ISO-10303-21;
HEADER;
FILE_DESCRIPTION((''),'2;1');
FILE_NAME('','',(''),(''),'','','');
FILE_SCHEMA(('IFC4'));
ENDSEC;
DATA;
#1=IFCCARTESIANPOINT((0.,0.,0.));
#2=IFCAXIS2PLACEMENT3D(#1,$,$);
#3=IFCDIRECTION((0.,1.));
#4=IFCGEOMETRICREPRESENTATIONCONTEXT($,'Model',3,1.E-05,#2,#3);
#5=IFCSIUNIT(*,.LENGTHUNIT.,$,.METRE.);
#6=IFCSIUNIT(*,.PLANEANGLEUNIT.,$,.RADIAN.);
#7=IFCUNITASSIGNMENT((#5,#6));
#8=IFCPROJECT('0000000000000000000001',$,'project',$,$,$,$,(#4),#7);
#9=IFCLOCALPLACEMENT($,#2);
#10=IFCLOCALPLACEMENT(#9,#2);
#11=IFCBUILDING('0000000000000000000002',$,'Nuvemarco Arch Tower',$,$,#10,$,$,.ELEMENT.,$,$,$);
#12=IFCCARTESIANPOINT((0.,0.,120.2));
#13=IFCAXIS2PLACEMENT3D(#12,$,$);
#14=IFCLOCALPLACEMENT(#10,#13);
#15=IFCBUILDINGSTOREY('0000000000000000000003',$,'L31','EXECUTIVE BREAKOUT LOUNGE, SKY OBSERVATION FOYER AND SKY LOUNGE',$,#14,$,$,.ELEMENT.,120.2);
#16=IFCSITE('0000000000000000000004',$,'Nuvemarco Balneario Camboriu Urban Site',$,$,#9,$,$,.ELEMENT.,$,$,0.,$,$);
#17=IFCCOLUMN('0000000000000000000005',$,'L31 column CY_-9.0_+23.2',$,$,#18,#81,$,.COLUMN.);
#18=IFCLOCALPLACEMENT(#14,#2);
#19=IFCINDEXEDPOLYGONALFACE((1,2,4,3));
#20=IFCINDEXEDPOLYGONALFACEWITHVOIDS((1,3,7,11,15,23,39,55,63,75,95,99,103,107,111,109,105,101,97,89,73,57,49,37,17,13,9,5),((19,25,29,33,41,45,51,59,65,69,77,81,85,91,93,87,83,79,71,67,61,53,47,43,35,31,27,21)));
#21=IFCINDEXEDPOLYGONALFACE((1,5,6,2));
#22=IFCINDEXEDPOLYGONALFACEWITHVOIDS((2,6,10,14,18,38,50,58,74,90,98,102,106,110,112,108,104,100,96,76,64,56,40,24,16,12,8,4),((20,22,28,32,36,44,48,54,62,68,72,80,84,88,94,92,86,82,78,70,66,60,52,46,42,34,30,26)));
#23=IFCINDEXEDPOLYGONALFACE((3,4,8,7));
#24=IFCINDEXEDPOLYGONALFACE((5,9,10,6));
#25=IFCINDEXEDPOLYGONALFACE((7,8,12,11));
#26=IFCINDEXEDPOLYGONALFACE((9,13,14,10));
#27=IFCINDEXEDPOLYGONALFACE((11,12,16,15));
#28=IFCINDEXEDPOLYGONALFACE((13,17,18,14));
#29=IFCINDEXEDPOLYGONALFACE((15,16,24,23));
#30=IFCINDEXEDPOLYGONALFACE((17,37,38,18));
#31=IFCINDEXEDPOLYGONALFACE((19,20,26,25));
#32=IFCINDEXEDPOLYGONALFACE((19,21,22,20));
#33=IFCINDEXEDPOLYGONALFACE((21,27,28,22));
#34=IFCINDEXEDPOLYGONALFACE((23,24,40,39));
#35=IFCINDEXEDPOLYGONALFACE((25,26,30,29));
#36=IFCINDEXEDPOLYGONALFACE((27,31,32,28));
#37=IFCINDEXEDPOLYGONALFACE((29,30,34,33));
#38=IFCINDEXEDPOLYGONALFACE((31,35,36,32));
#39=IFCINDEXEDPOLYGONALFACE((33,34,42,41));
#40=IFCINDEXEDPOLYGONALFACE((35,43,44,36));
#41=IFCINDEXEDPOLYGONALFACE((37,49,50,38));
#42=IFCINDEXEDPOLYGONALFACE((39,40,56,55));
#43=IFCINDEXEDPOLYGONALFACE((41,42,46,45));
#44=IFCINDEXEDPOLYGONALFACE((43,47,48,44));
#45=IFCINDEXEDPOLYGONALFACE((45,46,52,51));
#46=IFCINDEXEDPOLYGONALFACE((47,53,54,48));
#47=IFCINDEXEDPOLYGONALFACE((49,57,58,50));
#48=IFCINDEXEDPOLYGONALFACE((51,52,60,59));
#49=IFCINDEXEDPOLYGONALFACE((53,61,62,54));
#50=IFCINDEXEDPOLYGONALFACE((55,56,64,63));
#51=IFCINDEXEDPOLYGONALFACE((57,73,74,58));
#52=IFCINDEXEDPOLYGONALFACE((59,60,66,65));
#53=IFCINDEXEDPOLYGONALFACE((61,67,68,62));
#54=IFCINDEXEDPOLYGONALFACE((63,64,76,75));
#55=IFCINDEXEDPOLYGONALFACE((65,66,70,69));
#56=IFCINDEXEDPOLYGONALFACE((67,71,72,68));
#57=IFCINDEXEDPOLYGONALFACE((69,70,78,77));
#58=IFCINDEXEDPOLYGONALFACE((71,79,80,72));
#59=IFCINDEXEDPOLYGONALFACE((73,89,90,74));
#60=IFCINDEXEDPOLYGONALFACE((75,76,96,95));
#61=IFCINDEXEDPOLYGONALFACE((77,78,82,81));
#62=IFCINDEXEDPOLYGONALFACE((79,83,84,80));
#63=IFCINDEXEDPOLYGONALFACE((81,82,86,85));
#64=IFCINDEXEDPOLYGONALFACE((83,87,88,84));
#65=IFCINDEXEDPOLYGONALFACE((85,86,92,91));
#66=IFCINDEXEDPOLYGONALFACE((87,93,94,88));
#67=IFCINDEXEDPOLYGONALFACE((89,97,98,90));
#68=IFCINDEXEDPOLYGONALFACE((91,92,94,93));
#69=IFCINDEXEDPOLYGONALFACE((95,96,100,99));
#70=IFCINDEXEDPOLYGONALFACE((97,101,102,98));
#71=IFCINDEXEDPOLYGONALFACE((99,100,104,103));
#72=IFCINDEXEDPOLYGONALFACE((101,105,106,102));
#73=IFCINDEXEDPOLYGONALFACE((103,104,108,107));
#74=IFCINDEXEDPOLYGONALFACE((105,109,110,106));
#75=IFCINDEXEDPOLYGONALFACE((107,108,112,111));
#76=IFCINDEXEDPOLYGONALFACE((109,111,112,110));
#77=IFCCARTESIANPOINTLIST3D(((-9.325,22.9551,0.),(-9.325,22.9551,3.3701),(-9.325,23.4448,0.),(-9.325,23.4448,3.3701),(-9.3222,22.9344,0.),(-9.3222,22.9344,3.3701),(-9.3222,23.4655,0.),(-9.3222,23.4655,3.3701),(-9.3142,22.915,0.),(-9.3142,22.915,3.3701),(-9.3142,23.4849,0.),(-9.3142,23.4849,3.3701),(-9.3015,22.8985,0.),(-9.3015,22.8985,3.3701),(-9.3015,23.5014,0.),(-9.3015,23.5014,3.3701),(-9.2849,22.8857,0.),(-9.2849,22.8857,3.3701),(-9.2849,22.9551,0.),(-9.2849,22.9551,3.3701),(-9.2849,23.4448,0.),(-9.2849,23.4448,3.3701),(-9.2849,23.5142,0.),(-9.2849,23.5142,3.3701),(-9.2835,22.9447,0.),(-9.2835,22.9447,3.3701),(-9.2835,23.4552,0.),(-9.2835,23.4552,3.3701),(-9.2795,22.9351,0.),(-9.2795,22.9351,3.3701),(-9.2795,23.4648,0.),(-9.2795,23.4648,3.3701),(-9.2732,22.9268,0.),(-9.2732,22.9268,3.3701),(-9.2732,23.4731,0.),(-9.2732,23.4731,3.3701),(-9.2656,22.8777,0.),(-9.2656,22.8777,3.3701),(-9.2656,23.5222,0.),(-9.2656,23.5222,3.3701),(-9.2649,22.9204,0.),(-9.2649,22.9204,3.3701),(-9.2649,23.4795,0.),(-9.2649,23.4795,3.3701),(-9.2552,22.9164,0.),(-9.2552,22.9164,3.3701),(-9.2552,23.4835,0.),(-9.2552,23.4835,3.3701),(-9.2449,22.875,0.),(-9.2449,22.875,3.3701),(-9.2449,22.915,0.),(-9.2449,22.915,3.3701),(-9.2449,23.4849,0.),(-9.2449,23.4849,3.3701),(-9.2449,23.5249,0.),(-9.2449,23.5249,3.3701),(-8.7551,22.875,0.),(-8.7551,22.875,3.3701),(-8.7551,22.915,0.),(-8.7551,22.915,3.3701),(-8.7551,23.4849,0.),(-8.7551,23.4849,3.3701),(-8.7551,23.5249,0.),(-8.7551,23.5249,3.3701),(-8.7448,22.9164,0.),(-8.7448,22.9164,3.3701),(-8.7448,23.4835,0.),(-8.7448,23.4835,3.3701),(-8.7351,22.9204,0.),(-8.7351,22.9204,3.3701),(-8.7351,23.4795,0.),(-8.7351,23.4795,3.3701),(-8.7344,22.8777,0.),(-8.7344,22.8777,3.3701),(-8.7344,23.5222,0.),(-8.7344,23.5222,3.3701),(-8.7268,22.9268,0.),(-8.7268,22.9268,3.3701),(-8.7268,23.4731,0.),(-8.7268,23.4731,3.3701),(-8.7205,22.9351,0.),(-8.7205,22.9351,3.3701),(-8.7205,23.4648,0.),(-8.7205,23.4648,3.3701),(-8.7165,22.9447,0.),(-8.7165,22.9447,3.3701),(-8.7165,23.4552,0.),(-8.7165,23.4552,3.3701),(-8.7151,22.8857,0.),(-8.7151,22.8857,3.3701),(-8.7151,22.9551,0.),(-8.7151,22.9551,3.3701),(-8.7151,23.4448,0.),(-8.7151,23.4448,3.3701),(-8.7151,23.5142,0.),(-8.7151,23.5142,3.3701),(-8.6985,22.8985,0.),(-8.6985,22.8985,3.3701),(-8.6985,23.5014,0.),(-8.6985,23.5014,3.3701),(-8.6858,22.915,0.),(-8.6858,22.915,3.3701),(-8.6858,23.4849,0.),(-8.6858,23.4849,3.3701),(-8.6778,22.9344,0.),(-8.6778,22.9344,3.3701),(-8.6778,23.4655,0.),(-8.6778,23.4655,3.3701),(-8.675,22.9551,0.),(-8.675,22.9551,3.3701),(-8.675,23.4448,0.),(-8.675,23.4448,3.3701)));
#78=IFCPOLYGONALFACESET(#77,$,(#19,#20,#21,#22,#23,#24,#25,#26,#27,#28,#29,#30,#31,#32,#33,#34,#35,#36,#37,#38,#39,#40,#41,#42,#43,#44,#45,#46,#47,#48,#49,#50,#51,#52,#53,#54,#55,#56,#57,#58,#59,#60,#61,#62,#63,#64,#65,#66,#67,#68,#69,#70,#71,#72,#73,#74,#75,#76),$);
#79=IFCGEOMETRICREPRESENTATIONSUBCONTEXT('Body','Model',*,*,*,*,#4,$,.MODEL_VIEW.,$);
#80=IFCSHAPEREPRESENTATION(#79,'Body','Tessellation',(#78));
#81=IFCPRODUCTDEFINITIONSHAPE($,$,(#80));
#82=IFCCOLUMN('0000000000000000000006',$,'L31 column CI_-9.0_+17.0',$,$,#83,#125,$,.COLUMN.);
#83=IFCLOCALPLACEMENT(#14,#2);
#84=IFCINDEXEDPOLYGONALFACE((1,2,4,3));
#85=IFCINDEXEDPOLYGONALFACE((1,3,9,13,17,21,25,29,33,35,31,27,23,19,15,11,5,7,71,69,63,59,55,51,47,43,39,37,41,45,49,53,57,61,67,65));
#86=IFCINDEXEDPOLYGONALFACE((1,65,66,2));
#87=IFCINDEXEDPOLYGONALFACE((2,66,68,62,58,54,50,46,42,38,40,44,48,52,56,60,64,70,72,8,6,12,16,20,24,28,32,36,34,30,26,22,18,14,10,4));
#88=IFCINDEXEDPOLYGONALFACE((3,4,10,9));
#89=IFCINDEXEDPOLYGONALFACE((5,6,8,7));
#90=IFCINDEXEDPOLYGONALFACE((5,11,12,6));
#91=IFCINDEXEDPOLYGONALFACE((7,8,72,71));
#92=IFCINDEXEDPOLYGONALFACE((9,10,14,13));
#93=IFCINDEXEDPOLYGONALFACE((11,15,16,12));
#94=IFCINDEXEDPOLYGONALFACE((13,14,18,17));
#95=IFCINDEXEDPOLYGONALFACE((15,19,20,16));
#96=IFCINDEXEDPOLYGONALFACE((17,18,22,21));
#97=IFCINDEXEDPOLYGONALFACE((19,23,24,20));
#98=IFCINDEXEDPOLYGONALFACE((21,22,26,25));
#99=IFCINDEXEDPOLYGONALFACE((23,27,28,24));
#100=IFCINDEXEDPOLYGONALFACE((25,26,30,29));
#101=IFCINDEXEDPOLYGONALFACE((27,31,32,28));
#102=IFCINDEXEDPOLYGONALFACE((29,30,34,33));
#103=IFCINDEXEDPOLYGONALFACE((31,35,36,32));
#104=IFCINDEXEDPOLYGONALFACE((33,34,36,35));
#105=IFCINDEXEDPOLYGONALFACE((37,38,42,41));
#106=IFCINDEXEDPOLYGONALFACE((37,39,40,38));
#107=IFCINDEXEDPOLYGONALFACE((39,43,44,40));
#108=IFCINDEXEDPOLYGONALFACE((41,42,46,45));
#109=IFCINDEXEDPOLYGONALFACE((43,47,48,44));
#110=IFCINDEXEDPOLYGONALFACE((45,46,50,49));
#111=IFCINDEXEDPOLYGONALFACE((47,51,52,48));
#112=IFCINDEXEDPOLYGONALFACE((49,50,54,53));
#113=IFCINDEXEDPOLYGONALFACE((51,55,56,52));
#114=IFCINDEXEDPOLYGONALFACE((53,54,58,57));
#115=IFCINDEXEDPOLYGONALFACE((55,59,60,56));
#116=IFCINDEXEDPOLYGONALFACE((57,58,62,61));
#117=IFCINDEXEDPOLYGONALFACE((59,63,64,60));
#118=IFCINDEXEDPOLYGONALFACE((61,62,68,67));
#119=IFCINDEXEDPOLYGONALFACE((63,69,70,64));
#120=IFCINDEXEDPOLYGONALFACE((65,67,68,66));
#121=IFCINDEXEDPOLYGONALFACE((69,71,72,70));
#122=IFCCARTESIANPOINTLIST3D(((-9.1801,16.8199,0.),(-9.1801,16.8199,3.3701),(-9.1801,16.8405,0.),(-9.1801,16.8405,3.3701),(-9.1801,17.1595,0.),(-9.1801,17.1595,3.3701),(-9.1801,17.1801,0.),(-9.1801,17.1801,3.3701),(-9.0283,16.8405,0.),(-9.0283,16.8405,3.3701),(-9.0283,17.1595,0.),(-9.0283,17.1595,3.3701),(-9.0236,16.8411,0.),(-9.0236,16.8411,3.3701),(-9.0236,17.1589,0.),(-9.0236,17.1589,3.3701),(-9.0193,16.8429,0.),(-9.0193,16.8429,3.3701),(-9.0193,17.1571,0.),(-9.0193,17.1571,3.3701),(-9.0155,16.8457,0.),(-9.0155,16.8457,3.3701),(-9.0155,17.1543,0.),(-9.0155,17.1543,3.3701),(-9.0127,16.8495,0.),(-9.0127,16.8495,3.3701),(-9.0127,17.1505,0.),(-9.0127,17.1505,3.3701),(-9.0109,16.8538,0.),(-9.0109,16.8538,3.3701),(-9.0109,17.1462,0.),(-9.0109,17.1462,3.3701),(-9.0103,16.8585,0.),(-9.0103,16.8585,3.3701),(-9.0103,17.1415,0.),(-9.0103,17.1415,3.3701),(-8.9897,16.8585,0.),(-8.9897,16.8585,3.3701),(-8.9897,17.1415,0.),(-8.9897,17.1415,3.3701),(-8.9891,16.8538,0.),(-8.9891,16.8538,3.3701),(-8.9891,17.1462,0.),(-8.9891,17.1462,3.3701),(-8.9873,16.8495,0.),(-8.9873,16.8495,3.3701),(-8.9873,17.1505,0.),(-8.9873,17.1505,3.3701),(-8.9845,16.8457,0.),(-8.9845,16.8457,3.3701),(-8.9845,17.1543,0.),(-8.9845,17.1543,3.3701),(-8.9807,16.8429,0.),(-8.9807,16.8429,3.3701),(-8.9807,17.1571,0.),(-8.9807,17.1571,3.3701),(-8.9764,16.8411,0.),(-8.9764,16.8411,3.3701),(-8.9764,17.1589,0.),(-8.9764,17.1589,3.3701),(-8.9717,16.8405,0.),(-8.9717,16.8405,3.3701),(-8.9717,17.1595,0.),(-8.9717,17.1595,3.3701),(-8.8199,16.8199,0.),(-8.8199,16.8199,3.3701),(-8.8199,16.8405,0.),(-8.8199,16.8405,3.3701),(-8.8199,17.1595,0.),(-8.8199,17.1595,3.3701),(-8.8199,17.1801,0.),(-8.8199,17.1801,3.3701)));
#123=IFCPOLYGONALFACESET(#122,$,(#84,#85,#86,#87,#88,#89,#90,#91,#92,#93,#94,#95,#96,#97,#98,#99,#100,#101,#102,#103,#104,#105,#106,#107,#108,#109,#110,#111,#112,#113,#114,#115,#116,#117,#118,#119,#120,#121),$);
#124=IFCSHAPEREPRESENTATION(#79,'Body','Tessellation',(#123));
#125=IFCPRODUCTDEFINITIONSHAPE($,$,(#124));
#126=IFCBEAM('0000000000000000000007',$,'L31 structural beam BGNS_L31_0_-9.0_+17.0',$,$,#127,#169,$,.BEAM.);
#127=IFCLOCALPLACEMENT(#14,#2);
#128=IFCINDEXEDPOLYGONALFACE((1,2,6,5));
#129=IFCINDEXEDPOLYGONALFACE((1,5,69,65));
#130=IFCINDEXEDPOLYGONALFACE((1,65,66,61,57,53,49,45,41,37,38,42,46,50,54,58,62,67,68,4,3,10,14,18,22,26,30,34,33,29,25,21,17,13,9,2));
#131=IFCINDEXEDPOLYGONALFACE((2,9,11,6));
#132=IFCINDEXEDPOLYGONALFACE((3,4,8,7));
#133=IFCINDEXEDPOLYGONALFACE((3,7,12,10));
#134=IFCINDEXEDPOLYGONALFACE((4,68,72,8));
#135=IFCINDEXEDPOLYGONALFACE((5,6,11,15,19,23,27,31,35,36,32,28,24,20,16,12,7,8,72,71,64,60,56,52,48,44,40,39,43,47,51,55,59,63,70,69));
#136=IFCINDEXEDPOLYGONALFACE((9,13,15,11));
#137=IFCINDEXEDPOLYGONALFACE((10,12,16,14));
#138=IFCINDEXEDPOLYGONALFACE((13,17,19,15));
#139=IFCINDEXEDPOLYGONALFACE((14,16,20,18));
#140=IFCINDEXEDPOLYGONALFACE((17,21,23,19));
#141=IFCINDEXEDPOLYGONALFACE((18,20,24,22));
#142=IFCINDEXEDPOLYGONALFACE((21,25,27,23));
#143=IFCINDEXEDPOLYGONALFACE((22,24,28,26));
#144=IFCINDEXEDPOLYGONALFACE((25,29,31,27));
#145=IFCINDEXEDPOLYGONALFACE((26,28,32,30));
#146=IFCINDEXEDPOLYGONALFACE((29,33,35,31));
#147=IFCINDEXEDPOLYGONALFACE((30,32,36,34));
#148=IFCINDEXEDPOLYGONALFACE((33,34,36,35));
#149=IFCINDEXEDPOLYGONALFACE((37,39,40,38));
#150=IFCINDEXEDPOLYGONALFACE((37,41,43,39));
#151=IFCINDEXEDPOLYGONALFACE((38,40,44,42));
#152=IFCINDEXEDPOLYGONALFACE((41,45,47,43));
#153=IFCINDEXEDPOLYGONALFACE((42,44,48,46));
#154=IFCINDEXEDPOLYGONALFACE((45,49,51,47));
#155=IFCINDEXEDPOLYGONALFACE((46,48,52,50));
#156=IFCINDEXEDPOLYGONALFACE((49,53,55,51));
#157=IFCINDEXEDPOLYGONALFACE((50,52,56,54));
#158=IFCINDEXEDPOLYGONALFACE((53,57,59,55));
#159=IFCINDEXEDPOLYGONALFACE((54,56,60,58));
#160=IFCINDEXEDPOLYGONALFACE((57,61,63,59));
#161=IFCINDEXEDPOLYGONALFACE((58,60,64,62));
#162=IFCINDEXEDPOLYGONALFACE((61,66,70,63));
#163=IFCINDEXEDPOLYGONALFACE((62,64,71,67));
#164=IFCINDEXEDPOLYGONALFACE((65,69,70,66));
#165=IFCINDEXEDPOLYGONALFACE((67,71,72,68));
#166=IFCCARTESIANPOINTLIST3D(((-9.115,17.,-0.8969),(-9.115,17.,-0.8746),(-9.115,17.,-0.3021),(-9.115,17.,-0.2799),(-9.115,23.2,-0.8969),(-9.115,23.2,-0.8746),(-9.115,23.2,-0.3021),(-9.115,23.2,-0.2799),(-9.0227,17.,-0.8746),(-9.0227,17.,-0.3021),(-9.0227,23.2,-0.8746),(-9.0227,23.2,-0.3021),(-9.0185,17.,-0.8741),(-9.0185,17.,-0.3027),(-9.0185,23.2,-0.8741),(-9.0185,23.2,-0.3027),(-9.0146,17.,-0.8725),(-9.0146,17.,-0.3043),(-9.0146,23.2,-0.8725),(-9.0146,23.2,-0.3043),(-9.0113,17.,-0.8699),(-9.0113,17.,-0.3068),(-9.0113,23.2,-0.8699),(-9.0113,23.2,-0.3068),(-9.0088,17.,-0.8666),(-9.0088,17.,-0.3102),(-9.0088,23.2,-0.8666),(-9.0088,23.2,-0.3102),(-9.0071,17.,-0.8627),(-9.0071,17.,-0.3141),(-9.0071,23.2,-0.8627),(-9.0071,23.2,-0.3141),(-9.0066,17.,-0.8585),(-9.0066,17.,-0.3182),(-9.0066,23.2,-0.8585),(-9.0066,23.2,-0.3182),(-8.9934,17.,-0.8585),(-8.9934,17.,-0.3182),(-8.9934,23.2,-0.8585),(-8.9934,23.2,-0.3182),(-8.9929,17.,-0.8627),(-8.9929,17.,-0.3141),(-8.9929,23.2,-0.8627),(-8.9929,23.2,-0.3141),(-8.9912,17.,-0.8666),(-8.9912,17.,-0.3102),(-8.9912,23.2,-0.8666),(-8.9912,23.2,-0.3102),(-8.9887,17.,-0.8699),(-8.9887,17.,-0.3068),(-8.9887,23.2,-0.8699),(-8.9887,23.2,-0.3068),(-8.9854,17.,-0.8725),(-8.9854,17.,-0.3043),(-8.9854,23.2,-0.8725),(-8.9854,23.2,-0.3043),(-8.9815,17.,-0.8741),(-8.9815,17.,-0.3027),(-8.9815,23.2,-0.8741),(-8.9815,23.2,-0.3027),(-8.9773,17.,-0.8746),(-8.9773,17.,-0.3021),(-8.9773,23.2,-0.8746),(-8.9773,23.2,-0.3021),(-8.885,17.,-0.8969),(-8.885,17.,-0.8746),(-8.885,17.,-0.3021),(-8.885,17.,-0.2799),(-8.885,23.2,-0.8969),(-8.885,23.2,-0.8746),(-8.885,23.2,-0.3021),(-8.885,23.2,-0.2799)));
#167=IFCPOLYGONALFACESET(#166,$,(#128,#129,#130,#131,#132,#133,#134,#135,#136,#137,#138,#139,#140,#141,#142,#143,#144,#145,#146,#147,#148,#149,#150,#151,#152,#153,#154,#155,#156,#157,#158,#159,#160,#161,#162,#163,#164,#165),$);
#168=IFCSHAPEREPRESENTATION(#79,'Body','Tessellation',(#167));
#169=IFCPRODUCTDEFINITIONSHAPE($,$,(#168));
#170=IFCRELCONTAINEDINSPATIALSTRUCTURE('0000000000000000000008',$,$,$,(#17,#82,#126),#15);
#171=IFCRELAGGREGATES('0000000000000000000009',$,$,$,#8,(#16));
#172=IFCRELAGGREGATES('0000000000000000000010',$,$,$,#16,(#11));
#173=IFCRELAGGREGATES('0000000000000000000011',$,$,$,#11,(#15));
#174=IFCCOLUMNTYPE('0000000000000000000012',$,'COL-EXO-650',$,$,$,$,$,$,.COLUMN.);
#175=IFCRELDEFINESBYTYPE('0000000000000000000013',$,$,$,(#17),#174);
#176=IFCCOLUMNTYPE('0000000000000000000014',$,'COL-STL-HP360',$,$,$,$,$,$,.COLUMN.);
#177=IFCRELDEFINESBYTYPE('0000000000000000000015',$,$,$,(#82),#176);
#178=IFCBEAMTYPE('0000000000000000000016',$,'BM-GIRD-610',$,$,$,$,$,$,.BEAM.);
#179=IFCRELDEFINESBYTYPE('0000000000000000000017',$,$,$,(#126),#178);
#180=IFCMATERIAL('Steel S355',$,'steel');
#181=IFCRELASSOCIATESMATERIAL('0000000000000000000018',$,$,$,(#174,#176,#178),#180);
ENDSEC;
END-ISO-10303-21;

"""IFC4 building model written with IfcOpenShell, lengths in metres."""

from ifc_helpers import new_model, si_unit, direction, frame, origin, origin_2d, place, context, subcontext, project, spatial, hollow_rectangle, i_section, extrude, material, material_profile, profile_set, type_object, element, save


model = new_model("IFC4")

# Units and contexts
model_context = context("Model", 3, precision=1e-05, world=origin(), true_north=direction((0.0, 1.0)))
body_context = subcontext(model_context, "Body", "Model", "MODEL_VIEW")
ifc_project = project(units=[si_unit("LENGTHUNIT", "METRE"), si_unit("PLANEANGLEUNIT", "RADIAN")], contexts=[model_context])

# Site, building, storey
site_placement = place(None, origin())
site = spatial("IfcSite", under=ifc_project, at=site_placement, Name="Nuvemarco Balneario Camboriu Urban Site", CompositionType="ELEMENT", RefElevation=0.0)
building_placement = place(site_placement, origin())
building = spatial("IfcBuilding", under=site, at=building_placement, Name="Nuvemarco Arch Tower", CompositionType="ELEMENT")
storey_placement = place(building_placement, frame((0.0, 0.0, 120.2)))
storey = spatial("IfcBuildingStorey", under=building, at=storey_placement, Name="L31", Description="EXECUTIVE BREAKOUT LOUNGE, SKY OBSERVATION FOYER AND SKY LOUNGE", CompositionType="ELEMENT", Elevation=120.2)

# Columns
ifc_material_1 = material(Name="Steel S355", Category="steel")
ifc_material_profile_1 = material_profile(ifc_material_1, hollow_rectangle(XDim=0.6499, YDim=0.6499, WallThickness=0.04, InnerFilletRadius=0.04, OuterFilletRadius=0.0801, at=origin_2d()), Name="SHS650x650x40")
ifc_profile_set_1 = profile_set([ifc_material_profile_1], Name="Steel S355")
column_type_1 = type_object("IfcColumnType", Name="COL-EXO-650", PredefinedType="COLUMN", material=ifc_profile_set_1)
column_1_placement = place(storey_placement, frame((-9.0, 23.2, 0.0), z_axis=(0.0, 0.0, 1.0), x_axis=(1.0, 0.0, 0.0)))
element("IfcColumn", 1, at=column_1_placement, inside=storey, type_object=column_type_1, Name="L31 column CY_-9.0_+23.2", PredefinedType="COLUMN", context=body_context, shape_type="SweptSolid", body=[
    extrude(hollow_rectangle(XDim=0.6499, YDim=0.6499, WallThickness=0.04, InnerFilletRadius=0.04, OuterFilletRadius=0.0801, at=origin_2d()), origin(), (0.0, 0.0, 1.0), 3.3701),
])
ifc_material_profile_2 = material_profile(ifc_material_1, i_section(OverallWidth=0.3601, OverallDepth=0.3601, WebThickness=0.0205, FlangeThickness=0.0205, FilletRadius=0.0181, at=origin_2d()), Name="HP360x174")
ifc_profile_set_2 = profile_set([ifc_material_profile_2], Name="Steel S355")
column_type_2 = type_object("IfcColumnType", Name="COL-STL-HP360", PredefinedType="COLUMN", material=ifc_profile_set_2)
column_2_placement = place(storey_placement, frame((-9.0, 17.0, 0.0), z_axis=(0.0, 0.0, 1.0), x_axis=(1.0, 0.0, 0.0)))
element("IfcColumn", 2, at=column_2_placement, inside=storey, type_object=column_type_2, Name="L31 column CI_-9.0_+17.0", PredefinedType="COLUMN", context=body_context, shape_type="SweptSolid", body=[
    extrude(i_section(OverallWidth=0.3601, OverallDepth=0.3601, WebThickness=0.0205, FlangeThickness=0.0205, FilletRadius=0.0181, at=origin_2d()), origin(), (0.0, 0.0, 1.0), 3.3701),
])

# Beam
ifc_material_profile_3 = material_profile(ifc_material_1, i_section(OverallWidth=0.23, OverallDepth=0.6169, WebThickness=0.0132, FlangeThickness=0.0222, FilletRadius=0.0161, at=origin_2d()), Name="W610x140")
ifc_profile_set_3 = profile_set([ifc_material_profile_3], Name="Steel S355")
beam_type_1 = type_object("IfcBeamType", Name="BM-GIRD-610", PredefinedType="BEAM", material=ifc_profile_set_3)
beam_1_placement = place(storey_placement, frame((-9.0, 17.0, -0.5884), z_axis=(0.0, 1.0, 0.0), x_axis=(-1.0, 0.0, 0.0)))
element("IfcBeam", 3, at=beam_1_placement, inside=storey, type_object=beam_type_1, Name="L31 structural beam BGNS_L31_0_-9.0_+17.0", PredefinedType="BEAM", context=body_context, shape_type="SweptSolid", body=[
    extrude(i_section(OverallWidth=0.23, OverallDepth=0.6169, WebThickness=0.0132, FlangeThickness=0.0222, FilletRadius=0.0161, at=origin_2d()), origin(), (0.0, 0.0, 1.0), 6.2),
])

save(model, "model.ifc")
